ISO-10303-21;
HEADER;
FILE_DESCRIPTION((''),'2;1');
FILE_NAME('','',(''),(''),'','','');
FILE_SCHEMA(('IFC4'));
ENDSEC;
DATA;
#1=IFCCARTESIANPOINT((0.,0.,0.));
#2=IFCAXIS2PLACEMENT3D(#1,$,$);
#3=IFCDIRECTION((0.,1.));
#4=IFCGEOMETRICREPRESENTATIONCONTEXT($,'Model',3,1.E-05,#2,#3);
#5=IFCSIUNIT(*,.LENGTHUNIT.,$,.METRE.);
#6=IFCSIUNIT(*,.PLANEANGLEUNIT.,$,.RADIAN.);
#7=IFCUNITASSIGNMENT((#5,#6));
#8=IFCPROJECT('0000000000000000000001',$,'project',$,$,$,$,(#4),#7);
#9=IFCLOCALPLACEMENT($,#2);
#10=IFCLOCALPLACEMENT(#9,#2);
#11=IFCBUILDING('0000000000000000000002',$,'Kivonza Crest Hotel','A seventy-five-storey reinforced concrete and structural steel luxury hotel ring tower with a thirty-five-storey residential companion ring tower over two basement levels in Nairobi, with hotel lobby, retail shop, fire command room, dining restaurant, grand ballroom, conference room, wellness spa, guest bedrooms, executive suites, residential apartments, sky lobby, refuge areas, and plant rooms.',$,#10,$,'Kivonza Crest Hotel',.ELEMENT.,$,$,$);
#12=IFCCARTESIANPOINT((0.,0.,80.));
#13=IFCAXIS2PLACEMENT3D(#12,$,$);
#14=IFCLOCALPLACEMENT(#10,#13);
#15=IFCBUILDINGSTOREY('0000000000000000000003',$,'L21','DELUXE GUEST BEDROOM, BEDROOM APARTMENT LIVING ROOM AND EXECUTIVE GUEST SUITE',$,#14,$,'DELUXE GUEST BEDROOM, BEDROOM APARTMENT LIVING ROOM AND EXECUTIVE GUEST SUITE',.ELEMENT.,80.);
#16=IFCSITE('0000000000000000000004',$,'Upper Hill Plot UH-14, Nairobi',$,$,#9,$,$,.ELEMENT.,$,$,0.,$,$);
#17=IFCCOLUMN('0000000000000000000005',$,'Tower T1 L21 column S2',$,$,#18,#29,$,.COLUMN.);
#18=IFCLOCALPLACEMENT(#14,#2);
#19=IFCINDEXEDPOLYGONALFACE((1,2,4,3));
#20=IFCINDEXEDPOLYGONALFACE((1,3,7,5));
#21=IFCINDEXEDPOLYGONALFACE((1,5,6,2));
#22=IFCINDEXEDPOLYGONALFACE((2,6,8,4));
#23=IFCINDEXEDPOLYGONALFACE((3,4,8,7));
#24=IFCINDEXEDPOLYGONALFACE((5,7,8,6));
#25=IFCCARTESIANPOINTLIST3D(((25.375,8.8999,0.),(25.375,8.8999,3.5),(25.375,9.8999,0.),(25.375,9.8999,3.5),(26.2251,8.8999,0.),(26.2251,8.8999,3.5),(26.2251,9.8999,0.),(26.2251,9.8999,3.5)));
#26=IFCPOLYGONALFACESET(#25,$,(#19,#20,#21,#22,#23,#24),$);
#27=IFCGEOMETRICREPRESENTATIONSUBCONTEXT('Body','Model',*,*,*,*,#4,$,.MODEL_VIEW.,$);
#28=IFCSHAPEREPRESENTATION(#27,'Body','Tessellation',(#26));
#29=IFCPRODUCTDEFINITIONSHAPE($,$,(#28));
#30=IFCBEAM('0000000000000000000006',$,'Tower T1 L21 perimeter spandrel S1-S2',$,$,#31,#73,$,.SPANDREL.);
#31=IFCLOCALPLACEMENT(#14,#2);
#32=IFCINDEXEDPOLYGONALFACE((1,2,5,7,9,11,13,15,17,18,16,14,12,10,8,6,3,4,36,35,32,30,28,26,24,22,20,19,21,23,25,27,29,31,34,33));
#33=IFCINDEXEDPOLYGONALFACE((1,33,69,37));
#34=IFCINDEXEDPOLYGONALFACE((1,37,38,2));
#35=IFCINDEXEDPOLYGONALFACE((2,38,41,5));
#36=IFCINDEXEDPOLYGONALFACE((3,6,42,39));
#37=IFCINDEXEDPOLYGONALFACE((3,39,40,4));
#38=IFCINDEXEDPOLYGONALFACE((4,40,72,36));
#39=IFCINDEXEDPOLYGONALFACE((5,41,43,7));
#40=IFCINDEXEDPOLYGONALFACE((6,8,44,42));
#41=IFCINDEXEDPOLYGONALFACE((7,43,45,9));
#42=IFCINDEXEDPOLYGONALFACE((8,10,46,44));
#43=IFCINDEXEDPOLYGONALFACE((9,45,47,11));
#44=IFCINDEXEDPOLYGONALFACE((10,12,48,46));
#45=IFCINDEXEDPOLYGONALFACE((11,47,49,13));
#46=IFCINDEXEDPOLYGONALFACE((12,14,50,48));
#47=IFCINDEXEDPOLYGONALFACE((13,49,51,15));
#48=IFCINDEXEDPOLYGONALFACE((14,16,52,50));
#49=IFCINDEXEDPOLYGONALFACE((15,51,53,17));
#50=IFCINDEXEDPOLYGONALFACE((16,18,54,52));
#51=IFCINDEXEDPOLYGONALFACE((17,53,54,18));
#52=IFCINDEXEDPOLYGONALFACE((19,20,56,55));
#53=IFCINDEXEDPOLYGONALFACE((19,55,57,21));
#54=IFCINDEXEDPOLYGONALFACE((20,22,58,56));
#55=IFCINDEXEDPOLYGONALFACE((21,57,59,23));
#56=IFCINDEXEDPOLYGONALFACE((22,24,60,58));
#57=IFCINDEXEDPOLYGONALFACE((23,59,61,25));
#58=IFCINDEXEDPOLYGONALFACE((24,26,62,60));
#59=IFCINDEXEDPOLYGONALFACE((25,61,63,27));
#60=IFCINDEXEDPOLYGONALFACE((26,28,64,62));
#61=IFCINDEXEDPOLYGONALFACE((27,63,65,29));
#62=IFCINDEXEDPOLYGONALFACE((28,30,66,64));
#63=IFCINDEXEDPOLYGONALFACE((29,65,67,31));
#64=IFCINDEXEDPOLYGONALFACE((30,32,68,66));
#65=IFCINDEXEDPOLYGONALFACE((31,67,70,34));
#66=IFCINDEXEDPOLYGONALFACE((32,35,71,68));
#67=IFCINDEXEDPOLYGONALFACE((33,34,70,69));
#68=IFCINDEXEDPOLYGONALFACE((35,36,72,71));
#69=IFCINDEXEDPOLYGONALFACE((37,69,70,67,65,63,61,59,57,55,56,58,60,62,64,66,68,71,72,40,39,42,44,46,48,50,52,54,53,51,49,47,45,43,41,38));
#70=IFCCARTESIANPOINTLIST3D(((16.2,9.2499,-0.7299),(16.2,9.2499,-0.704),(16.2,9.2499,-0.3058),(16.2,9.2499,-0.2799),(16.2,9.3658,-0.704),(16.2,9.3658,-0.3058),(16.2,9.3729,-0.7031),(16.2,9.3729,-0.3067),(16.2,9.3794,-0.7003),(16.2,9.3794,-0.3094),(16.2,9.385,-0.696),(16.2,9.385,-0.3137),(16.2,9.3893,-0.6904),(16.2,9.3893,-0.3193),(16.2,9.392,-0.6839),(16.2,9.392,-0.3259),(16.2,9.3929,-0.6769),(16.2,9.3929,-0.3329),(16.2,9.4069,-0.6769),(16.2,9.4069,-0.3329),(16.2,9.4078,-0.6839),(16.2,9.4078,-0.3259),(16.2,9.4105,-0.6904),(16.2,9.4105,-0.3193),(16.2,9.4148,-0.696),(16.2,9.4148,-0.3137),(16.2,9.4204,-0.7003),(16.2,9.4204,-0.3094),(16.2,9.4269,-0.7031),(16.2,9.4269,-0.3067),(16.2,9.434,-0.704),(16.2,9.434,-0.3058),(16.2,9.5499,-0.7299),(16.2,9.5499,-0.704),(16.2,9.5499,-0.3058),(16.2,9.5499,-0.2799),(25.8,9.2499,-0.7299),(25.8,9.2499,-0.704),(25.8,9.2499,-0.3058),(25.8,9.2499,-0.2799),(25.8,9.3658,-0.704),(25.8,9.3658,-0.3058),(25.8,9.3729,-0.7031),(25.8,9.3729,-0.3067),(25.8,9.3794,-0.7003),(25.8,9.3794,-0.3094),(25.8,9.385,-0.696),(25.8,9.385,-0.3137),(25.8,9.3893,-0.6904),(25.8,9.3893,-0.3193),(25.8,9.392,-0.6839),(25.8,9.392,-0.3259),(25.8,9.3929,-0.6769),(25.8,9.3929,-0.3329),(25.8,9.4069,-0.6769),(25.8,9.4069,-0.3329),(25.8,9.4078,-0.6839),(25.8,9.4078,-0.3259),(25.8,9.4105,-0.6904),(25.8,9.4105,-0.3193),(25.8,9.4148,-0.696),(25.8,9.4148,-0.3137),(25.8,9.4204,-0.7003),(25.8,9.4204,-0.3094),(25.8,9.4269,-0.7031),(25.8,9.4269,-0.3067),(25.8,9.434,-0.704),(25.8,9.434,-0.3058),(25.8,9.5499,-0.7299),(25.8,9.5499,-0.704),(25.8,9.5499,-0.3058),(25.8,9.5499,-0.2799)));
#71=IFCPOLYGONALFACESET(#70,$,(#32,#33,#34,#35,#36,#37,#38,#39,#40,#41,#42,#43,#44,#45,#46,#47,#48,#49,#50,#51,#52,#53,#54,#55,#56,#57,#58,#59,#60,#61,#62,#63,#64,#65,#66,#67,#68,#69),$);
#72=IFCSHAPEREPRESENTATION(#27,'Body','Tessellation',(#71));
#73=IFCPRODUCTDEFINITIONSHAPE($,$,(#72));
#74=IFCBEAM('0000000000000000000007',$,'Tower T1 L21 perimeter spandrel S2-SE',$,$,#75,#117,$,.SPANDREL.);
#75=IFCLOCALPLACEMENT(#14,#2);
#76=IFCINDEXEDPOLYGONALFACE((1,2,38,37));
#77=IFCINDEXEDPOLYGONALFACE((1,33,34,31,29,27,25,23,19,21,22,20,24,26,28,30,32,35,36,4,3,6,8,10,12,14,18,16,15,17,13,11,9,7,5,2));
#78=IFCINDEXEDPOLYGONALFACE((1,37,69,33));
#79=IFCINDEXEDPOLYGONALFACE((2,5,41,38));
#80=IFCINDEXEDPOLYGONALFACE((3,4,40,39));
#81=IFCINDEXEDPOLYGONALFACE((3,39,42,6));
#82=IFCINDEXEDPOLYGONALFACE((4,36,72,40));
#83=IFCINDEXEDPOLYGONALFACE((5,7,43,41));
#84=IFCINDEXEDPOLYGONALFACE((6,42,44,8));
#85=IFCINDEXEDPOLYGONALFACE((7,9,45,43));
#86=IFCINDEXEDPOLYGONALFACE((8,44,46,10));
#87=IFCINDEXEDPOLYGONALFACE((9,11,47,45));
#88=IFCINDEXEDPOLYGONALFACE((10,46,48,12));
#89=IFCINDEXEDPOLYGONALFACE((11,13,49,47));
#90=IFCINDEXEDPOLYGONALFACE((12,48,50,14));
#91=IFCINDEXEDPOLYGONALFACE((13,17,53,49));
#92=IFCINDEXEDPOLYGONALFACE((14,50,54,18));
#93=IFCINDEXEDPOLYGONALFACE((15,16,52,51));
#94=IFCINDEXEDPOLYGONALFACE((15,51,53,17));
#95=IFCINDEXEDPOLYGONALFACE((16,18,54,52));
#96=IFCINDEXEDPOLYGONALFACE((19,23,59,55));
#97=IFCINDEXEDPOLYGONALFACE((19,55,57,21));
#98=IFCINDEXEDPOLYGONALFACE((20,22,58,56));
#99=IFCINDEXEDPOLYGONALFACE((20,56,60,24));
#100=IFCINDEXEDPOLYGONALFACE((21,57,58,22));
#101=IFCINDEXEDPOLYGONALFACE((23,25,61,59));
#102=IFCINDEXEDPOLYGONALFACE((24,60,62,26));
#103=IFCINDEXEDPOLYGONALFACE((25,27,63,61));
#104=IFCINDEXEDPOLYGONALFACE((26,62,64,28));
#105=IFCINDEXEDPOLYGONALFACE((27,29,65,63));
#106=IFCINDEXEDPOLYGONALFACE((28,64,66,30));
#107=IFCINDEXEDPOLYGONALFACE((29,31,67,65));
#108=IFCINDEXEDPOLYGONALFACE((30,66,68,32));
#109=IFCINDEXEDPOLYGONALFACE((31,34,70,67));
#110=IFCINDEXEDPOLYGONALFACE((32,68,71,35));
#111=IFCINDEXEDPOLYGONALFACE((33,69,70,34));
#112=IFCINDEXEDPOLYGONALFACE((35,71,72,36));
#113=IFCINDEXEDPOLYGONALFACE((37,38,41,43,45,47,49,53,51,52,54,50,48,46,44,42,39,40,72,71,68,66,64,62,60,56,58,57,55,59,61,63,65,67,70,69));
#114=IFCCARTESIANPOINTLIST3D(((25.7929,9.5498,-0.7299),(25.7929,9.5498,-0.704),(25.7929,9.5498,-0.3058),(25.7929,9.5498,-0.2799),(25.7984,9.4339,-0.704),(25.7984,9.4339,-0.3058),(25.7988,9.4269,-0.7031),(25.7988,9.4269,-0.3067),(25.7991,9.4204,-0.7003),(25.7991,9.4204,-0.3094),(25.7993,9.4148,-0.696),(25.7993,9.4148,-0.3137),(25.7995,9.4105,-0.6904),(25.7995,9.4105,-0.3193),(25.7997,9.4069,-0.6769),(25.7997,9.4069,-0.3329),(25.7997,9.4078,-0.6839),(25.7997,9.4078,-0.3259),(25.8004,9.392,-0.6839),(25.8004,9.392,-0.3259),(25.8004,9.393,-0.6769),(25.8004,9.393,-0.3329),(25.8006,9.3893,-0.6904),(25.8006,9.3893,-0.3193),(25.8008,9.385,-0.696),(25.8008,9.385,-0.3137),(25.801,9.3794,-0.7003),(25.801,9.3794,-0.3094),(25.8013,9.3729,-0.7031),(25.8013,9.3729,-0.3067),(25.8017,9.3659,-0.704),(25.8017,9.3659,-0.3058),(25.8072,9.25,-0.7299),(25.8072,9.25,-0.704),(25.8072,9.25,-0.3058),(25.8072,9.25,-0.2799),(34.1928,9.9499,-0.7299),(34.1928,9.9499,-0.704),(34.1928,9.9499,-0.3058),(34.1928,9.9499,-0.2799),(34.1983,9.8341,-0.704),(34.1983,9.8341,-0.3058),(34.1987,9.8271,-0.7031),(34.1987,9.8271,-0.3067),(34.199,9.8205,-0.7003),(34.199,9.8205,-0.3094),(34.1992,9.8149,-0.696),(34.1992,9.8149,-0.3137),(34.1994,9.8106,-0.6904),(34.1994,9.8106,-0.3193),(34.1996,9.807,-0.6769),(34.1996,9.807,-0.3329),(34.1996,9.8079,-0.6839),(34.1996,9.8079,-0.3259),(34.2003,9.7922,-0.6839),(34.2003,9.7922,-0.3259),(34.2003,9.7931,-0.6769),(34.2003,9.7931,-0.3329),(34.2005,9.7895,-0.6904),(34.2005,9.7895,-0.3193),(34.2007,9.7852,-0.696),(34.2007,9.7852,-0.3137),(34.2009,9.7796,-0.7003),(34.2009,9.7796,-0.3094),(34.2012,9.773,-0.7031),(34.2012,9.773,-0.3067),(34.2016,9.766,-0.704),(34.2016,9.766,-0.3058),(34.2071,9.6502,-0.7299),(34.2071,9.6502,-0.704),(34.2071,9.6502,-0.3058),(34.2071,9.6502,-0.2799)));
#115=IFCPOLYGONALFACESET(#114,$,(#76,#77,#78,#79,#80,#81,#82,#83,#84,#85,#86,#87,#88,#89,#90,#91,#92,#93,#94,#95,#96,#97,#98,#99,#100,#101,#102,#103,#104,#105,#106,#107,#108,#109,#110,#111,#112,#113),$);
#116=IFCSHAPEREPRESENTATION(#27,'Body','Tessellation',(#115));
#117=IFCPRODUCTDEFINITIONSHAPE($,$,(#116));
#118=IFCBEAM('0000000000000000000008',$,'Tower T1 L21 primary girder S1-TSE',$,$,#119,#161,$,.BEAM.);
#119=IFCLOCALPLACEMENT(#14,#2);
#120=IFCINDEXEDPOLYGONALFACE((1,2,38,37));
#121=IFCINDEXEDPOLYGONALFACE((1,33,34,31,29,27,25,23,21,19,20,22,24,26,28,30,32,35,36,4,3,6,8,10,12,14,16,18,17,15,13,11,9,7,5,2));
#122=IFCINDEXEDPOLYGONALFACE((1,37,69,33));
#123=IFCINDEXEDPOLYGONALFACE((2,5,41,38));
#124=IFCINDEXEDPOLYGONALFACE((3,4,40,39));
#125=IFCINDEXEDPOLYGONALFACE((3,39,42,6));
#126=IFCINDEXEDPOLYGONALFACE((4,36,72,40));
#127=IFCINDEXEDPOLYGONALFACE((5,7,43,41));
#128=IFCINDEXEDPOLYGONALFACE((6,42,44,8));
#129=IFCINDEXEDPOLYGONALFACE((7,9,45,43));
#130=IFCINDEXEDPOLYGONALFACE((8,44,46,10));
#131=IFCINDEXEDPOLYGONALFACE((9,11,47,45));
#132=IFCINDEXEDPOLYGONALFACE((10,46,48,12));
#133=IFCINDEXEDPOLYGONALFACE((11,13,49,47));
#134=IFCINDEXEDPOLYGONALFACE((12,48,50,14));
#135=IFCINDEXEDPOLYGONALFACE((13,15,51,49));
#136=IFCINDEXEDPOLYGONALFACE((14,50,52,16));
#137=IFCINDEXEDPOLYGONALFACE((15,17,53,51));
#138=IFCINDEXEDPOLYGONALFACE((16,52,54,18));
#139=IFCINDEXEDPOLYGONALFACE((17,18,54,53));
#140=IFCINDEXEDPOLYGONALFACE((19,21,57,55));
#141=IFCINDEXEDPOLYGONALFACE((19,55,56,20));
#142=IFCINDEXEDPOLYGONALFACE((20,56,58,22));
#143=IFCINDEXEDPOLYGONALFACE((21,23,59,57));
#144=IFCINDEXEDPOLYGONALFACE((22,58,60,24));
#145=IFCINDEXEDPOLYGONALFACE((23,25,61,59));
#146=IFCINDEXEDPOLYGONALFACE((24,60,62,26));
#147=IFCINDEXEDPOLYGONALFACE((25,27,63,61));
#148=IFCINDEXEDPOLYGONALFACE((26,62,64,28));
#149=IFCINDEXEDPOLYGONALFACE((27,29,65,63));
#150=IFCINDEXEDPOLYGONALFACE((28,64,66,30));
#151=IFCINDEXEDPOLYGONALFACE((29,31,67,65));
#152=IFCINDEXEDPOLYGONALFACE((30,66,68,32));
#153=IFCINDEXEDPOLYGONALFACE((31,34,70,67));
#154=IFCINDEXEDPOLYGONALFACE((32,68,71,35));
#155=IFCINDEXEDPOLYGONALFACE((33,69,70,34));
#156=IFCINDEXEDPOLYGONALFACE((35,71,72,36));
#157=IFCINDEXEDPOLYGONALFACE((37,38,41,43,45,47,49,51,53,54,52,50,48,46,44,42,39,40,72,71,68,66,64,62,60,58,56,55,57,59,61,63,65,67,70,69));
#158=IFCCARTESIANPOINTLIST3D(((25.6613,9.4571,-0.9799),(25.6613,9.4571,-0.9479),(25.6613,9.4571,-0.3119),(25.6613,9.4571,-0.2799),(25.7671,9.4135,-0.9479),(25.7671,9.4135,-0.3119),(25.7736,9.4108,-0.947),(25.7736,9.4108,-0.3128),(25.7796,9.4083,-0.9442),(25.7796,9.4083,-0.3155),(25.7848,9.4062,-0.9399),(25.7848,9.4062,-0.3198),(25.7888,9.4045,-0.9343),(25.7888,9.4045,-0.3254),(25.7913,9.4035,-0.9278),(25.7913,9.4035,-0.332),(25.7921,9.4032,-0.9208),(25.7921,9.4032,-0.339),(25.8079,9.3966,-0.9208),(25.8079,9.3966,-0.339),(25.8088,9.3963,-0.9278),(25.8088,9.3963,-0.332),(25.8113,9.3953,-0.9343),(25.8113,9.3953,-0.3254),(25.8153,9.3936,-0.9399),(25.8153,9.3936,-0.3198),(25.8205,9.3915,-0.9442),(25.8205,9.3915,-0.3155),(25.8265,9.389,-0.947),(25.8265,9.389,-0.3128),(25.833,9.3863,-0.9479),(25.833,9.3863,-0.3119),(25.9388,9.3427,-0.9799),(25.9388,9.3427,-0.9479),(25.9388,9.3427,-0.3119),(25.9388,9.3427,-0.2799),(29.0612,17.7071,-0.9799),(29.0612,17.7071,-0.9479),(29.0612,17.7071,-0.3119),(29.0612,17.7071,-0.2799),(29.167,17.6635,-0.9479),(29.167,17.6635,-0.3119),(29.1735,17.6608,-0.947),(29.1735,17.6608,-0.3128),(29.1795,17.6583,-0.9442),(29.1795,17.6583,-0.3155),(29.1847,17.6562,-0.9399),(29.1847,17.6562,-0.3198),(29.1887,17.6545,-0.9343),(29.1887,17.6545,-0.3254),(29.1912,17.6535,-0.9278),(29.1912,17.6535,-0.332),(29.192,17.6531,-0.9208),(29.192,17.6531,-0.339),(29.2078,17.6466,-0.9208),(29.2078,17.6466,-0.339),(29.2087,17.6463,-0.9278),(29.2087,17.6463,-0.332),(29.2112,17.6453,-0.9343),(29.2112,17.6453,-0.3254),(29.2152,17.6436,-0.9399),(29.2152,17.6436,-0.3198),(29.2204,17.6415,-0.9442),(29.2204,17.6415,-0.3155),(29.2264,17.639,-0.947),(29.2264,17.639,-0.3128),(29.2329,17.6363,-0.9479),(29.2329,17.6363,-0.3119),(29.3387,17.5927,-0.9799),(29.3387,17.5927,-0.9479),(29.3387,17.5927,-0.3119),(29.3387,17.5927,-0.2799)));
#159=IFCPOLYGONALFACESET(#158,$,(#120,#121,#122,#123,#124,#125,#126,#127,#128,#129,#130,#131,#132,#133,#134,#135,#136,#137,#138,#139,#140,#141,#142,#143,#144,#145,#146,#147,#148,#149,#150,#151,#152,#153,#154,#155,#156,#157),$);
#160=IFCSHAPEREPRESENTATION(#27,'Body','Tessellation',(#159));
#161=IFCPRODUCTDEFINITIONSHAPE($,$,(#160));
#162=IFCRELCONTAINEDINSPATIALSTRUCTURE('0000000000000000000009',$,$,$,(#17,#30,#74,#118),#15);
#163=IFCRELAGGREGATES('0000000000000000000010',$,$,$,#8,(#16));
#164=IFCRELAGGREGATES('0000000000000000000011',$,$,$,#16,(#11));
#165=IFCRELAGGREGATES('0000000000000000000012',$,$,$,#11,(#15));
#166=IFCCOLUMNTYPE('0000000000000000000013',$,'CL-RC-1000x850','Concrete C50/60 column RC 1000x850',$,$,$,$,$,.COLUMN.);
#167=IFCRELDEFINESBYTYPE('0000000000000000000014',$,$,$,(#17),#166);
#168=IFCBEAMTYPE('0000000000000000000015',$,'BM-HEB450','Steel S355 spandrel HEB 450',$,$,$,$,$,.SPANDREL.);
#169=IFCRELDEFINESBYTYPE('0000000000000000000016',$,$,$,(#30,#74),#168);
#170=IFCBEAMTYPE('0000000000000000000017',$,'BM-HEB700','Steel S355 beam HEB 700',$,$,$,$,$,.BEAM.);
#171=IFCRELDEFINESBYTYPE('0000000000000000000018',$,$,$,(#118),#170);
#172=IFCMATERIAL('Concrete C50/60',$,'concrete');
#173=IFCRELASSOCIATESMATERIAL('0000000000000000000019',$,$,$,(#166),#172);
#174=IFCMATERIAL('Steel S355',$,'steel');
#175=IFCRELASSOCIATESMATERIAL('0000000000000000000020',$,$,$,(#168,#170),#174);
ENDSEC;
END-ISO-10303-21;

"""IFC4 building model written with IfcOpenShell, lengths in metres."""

from ifc_helpers import new_model, si_unit, direction, frame, origin, origin_2d, place, context, subcontext, project, spatial, rectangle, i_section, extrude, material, material_profile, profile_set, type_object, element, save


model = new_model("IFC4")

# Units and contexts
model_context = context("Model", 3, precision=1e-05, world=origin(), true_north=direction((0.0, 1.0)))
body_context = subcontext(model_context, "Body", "Model", "MODEL_VIEW")
ifc_project = project(units=[si_unit("LENGTHUNIT", "METRE"), si_unit("PLANEANGLEUNIT", "RADIAN")], contexts=[model_context])

# Site, building, storey
site_placement = place(None, origin())
site = spatial("IfcSite", under=ifc_project, at=site_placement, Name="Upper Hill Plot UH-14, Nairobi", CompositionType="ELEMENT", RefElevation=0.0)
building_placement = place(site_placement, origin())
building = spatial("IfcBuilding", under=site, at=building_placement, Name="Kivonza Crest Hotel", Description="A seventy-five-storey reinforced concrete and structural steel luxury hotel ring tower with a thirty-five-storey residential companion ring tower over two basement levels in Nairobi, with hotel lobby, retail shop, fire command room, dining restaurant, grand ballroom, conference room, wellness spa, guest bedrooms, executive suites, residential apartments, sky lobby, refuge areas, and plant rooms.", LongName="Kivonza Crest Hotel", CompositionType="ELEMENT")
storey_placement = place(building_placement, frame((0.0, 0.0, 80.0)))
storey = spatial("IfcBuildingStorey", under=building, at=storey_placement, Name="L21", Description="DELUXE GUEST BEDROOM, BEDROOM APARTMENT LIVING ROOM AND EXECUTIVE GUEST SUITE", LongName="DELUXE GUEST BEDROOM, BEDROOM APARTMENT LIVING ROOM AND EXECUTIVE GUEST SUITE", CompositionType="ELEMENT", Elevation=80.0)

# Column
ifc_material_1 = material(Name="Concrete C50/60", Category="concrete")
ifc_material_profile_1 = material_profile(ifc_material_1, rectangle(XDim=0.8501, YDim=1.0, at=origin_2d()), Name="RC 1000x850")
ifc_profile_set_1 = profile_set([ifc_material_profile_1], Name="Concrete C50/60")
column_type = type_object("IfcColumnType", Name="CL-RC-1000x850", Description="Concrete C50/60 column RC 1000x850", PredefinedType="COLUMN", material=ifc_profile_set_1)
column_placement = place(storey_placement, frame((25.8, 9.3999, 0.0), z_axis=(0.0, 0.0, 1.0), x_axis=(1.0, 0.0, 0.0)))
element("IfcColumn", 1, at=column_placement, inside=storey, type_object=column_type, Name="Tower T1 L21 column S2", PredefinedType="COLUMN", context=body_context, shape_type="SweptSolid", body=[
    extrude(rectangle(XDim=0.8501, YDim=1.0, at=origin_2d()), origin(), (0.0, 0.0, 1.0), 3.5),
])

# Beams
ifc_material_2 = material(Name="Steel S355", Category="steel")
ifc_material_profile_2 = material_profile(ifc_material_2, i_section(OverallWidth=0.3, OverallDepth=0.45, WebThickness=0.0139, FlangeThickness=0.0259, FilletRadius=0.0271, at=origin_2d()), Name="HEB 450")
ifc_profile_set_2 = profile_set([ifc_material_profile_2], Name="Steel S355")
beam_type_1 = type_object("IfcBeamType", Name="BM-HEB450", Description="Steel S355 spandrel HEB 450", PredefinedType="SPANDREL", material=ifc_profile_set_2)
beam_1_placement = place(storey_placement, frame((16.2, 9.3999, -0.5049), z_axis=(1.0, 0.0, 0.0), x_axis=(0.0, 1.0, 0.0)))
element("IfcBeam", 2, at=beam_1_placement, inside=storey, type_object=beam_type_1, Name="Tower T1 L21 perimeter spandrel S1-S2", PredefinedType="SPANDREL", context=body_context, shape_type="SweptSolid", body=[
    extrude(i_section(OverallWidth=0.3, OverallDepth=0.45, WebThickness=0.0139, FlangeThickness=0.0259, FilletRadius=0.0271, at=origin_2d()), origin(), (0.0, 0.0, 1.0), 9.6001),
])
beam_2_placement = place(storey_placement, frame((25.8, 9.3999, -0.5049), z_axis=(0.998867, 0.047583, 0.0), x_axis=(-0.047583, 0.998867, 0.0)))
element("IfcBeam", 3, at=beam_2_placement, inside=storey, type_object=beam_type_1, Name="Tower T1 L21 perimeter spandrel S2-SE", PredefinedType="SPANDREL", context=body_context, shape_type="SweptSolid", body=[
    extrude(i_section(OverallWidth=0.3, OverallDepth=0.45, WebThickness=0.0139, FlangeThickness=0.0259, FilletRadius=0.0271, at=origin_2d()), origin(), (0.0, 0.0, 1.0), 8.4094),
])
ifc_material_profile_3 = material_profile(ifc_material_2, i_section(OverallWidth=0.3, OverallDepth=0.7, WebThickness=0.0171, FlangeThickness=0.032, FilletRadius=0.0271, at=origin_2d()), Name="HEB 700")
ifc_profile_set_3 = profile_set([ifc_material_profile_3], Name="Steel S355")
beam_type_2 = type_object("IfcBeamType", Name="BM-HEB700", Description="Steel S355 beam HEB 700", PredefinedType="BEAM", material=ifc_profile_set_3)
beam_3_placement = place(storey_placement, frame((25.8, 9.3999, -0.6299), z_axis=(0.381022, 0.924566, 0.0), x_axis=(-0.924566, 0.381022, 0.0)))
element("IfcBeam", 4, at=beam_3_placement, inside=storey, type_object=beam_type_2, Name="Tower T1 L21 primary girder S1-TSE", PredefinedType="BEAM", context=body_context, shape_type="SweptSolid", body=[
    extrude(i_section(OverallWidth=0.3, OverallDepth=0.7, WebThickness=0.0171, FlangeThickness=0.032, FilletRadius=0.0271, at=origin_2d()), origin(), (0.0, 0.0, 1.0), 8.9231),
])

save(model, "model.ifc")
